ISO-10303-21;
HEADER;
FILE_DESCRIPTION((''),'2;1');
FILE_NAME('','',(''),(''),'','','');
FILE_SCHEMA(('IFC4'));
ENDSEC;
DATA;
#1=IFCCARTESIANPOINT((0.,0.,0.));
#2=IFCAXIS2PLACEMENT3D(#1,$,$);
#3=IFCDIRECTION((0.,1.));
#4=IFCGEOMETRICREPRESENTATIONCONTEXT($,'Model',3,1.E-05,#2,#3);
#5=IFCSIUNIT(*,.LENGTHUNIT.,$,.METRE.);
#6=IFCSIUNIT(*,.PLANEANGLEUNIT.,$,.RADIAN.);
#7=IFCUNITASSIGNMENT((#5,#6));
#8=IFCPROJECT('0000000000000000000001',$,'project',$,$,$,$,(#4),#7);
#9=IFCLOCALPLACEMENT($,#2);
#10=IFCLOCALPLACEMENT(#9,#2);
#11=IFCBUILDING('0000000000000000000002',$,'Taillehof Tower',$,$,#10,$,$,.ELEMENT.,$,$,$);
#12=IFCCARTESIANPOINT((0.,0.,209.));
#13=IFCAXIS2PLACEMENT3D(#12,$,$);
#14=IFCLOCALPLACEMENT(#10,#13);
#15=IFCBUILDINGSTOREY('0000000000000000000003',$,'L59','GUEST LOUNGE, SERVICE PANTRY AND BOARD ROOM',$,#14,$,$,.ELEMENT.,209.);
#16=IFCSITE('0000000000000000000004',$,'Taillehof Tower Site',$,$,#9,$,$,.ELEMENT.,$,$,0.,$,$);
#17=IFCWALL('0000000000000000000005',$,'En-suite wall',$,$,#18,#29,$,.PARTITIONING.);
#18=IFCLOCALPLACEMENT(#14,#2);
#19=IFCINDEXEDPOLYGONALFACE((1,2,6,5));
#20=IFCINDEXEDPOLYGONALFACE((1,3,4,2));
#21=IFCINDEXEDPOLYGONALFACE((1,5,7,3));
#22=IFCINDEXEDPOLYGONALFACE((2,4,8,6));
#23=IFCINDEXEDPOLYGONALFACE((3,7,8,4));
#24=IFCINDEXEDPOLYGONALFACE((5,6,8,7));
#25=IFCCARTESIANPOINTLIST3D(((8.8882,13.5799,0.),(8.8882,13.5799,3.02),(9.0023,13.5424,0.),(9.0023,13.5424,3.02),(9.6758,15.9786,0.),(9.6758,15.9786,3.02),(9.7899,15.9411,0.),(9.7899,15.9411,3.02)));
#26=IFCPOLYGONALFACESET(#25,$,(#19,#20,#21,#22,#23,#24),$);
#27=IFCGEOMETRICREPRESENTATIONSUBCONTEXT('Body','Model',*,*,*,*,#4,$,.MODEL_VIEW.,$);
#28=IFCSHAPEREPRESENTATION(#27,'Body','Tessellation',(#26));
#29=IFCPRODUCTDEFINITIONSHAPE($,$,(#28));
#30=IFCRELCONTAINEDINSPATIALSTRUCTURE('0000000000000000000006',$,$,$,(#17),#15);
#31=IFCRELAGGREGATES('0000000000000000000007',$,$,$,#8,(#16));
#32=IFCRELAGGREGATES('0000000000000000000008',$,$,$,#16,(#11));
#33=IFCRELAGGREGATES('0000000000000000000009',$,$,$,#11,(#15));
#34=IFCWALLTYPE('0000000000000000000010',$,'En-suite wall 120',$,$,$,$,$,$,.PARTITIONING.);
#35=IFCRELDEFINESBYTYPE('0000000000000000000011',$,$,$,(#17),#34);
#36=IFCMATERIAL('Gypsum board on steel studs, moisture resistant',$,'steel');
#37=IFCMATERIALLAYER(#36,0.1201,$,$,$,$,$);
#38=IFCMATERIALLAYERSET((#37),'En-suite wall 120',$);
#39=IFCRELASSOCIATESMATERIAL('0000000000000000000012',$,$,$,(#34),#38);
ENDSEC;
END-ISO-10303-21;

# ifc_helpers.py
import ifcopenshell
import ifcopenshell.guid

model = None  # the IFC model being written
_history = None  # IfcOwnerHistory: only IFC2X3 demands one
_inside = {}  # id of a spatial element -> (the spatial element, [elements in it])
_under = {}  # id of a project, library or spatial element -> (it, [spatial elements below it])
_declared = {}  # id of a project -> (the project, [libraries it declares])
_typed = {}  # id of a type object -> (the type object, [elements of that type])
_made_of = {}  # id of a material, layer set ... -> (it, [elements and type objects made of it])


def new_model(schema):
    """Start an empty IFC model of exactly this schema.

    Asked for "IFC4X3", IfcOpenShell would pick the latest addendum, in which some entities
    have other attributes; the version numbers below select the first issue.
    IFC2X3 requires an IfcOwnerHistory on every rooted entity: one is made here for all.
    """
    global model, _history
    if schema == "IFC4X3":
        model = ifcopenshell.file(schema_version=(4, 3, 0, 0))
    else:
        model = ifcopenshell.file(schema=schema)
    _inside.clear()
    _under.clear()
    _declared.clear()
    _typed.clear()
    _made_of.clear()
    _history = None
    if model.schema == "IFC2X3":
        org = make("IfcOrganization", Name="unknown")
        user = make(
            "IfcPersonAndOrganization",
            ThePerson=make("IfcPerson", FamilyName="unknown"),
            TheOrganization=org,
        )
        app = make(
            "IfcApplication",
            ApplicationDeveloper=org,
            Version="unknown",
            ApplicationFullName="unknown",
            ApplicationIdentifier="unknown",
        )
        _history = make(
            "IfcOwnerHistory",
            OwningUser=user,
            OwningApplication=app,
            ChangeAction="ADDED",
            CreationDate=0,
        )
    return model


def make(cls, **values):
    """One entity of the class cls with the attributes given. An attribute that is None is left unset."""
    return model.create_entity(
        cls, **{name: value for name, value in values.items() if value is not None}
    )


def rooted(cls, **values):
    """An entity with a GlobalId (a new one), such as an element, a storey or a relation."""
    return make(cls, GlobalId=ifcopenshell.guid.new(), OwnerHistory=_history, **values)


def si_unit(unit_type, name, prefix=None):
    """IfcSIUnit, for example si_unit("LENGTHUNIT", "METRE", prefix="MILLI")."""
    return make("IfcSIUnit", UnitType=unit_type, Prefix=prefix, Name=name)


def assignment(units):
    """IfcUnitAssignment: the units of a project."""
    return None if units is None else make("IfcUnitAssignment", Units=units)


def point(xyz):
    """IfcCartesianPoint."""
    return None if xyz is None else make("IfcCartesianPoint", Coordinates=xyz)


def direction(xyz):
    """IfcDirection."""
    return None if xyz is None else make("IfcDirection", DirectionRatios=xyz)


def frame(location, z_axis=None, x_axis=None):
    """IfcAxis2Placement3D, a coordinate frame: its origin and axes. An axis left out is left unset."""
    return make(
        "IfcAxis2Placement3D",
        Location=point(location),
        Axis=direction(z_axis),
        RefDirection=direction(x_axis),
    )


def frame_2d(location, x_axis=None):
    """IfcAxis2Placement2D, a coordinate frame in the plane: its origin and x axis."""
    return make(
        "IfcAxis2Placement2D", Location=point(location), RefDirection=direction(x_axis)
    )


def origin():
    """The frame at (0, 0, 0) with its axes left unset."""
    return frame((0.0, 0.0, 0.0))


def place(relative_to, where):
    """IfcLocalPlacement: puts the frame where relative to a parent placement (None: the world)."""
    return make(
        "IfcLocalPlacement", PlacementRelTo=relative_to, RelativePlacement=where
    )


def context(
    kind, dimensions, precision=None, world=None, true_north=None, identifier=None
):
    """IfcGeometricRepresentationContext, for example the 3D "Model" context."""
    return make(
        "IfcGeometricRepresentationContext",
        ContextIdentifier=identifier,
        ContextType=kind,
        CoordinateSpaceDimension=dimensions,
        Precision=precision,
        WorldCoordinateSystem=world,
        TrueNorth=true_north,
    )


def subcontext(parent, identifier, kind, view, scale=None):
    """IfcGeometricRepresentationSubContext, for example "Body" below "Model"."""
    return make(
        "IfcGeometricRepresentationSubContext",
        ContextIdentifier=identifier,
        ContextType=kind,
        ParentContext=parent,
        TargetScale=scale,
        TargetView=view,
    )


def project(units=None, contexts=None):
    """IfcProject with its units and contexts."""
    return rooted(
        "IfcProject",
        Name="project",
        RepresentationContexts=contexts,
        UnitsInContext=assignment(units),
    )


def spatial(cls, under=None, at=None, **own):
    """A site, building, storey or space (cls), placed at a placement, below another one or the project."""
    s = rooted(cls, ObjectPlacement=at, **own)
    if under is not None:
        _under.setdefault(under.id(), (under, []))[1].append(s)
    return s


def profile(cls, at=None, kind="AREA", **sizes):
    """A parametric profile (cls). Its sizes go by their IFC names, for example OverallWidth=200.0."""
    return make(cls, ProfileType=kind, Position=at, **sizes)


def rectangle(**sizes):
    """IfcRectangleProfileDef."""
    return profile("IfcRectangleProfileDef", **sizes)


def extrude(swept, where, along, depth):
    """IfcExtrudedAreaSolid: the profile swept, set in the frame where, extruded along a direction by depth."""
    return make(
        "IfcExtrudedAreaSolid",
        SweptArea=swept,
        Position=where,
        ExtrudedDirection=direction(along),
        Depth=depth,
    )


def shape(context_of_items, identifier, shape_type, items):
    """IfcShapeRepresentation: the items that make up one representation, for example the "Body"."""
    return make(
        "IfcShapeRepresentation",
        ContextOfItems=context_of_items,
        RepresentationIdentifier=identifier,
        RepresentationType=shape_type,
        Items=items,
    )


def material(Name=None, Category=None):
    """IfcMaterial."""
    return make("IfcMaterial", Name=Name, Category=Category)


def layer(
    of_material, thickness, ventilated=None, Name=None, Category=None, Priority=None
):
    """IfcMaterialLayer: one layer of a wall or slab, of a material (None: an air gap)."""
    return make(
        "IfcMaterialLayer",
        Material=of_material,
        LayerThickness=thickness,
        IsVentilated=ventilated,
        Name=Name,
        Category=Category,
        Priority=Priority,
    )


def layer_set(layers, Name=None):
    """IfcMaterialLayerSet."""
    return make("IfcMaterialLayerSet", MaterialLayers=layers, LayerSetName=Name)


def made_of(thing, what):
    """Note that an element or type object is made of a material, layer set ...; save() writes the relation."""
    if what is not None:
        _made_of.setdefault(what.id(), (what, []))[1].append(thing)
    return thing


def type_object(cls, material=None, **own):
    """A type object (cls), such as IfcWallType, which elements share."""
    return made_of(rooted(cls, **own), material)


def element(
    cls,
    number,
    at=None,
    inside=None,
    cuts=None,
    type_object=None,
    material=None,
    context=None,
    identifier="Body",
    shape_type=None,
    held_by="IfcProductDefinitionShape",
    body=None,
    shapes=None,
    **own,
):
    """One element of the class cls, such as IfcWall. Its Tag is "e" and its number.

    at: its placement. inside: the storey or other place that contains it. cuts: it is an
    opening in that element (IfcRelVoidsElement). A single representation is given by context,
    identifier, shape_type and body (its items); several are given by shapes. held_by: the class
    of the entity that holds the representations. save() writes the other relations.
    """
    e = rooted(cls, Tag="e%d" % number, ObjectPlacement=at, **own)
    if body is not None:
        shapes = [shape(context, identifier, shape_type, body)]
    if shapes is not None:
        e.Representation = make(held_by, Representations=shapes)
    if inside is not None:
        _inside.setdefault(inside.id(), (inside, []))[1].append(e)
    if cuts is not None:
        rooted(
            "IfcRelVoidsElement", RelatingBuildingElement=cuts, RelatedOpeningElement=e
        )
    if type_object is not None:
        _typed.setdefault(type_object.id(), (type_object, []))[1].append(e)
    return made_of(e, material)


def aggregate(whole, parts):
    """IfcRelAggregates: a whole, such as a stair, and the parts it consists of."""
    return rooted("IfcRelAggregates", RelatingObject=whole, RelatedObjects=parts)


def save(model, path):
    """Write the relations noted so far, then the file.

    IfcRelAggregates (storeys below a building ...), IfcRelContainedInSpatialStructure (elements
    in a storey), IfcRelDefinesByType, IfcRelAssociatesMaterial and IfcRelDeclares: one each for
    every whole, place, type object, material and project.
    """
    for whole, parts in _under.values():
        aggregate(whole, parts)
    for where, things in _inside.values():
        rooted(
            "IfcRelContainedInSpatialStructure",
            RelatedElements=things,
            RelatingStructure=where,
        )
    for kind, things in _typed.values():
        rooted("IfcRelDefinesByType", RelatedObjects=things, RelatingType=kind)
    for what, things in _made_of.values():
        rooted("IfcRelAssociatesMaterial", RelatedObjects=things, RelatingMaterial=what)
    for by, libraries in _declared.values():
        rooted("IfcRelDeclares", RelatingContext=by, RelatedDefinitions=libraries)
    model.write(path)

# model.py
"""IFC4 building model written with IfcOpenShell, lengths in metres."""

from ifc_helpers import new_model, si_unit, direction, frame, frame_2d, origin, place, context, subcontext, project, spatial, rectangle, extrude, material, layer, layer_set, type_object, element, save


model = new_model("IFC4")

# Units and contexts
model_context = context("Model", 3, precision=1e-05, world=origin(), true_north=direction((0.0, 1.0)))
body_context = subcontext(model_context, "Body", "Model", "MODEL_VIEW")
ifc_project = project(units=[si_unit("LENGTHUNIT", "METRE"), si_unit("PLANEANGLEUNIT", "RADIAN")], contexts=[model_context])

# Site, building, storey
site_placement = place(None, origin())
site = spatial("IfcSite", under=ifc_project, at=site_placement, Name="Taillehof Tower Site", CompositionType="ELEMENT", RefElevation=0.0)
building_placement = place(site_placement, origin())
building = spatial("IfcBuilding", under=site, at=building_placement, Name="Taillehof Tower", CompositionType="ELEMENT")
storey_placement = place(building_placement, frame((0.0, 0.0, 209.0)))
storey = spatial("IfcBuildingStorey", under=building, at=storey_placement, Name="L59", Description="GUEST LOUNGE, SERVICE PANTRY AND BOARD ROOM", CompositionType="ELEMENT", Elevation=209.0)

# Wall
ifc_material_1 = material(Name="Gypsum board on steel studs, moisture resistant", Category="steel")
ifc_layer_1 = layer(ifc_material_1, 0.1201)
ifc_layer_set_1 = layer_set([ifc_layer_1], Name="En-suite wall 120")
wall_type_1 = type_object("IfcWallType", Name="En-suite wall 120", PredefinedType="PARTITIONING", material=ifc_layer_set_1)
wall_1_placement = place(storey_placement, frame((8.9453, 13.5613, 0.0), z_axis=(0.0, 0.0, 1.0), x_axis=(0.31196, 0.950095, 0.0)))
element("IfcWall", 1, at=wall_1_placement, inside=storey, type_object=wall_type_1, Name="En-suite wall", PredefinedType="PARTITIONING", context=body_context, shape_type="SweptSolid", body=[
    extrude(rectangle(XDim=2.5247, YDim=0.1201, at=frame_2d((1.2622, 0.0))), origin(), (0.0, 0.0, 1.0), 3.02),
])

save(model, "model.ifc")
